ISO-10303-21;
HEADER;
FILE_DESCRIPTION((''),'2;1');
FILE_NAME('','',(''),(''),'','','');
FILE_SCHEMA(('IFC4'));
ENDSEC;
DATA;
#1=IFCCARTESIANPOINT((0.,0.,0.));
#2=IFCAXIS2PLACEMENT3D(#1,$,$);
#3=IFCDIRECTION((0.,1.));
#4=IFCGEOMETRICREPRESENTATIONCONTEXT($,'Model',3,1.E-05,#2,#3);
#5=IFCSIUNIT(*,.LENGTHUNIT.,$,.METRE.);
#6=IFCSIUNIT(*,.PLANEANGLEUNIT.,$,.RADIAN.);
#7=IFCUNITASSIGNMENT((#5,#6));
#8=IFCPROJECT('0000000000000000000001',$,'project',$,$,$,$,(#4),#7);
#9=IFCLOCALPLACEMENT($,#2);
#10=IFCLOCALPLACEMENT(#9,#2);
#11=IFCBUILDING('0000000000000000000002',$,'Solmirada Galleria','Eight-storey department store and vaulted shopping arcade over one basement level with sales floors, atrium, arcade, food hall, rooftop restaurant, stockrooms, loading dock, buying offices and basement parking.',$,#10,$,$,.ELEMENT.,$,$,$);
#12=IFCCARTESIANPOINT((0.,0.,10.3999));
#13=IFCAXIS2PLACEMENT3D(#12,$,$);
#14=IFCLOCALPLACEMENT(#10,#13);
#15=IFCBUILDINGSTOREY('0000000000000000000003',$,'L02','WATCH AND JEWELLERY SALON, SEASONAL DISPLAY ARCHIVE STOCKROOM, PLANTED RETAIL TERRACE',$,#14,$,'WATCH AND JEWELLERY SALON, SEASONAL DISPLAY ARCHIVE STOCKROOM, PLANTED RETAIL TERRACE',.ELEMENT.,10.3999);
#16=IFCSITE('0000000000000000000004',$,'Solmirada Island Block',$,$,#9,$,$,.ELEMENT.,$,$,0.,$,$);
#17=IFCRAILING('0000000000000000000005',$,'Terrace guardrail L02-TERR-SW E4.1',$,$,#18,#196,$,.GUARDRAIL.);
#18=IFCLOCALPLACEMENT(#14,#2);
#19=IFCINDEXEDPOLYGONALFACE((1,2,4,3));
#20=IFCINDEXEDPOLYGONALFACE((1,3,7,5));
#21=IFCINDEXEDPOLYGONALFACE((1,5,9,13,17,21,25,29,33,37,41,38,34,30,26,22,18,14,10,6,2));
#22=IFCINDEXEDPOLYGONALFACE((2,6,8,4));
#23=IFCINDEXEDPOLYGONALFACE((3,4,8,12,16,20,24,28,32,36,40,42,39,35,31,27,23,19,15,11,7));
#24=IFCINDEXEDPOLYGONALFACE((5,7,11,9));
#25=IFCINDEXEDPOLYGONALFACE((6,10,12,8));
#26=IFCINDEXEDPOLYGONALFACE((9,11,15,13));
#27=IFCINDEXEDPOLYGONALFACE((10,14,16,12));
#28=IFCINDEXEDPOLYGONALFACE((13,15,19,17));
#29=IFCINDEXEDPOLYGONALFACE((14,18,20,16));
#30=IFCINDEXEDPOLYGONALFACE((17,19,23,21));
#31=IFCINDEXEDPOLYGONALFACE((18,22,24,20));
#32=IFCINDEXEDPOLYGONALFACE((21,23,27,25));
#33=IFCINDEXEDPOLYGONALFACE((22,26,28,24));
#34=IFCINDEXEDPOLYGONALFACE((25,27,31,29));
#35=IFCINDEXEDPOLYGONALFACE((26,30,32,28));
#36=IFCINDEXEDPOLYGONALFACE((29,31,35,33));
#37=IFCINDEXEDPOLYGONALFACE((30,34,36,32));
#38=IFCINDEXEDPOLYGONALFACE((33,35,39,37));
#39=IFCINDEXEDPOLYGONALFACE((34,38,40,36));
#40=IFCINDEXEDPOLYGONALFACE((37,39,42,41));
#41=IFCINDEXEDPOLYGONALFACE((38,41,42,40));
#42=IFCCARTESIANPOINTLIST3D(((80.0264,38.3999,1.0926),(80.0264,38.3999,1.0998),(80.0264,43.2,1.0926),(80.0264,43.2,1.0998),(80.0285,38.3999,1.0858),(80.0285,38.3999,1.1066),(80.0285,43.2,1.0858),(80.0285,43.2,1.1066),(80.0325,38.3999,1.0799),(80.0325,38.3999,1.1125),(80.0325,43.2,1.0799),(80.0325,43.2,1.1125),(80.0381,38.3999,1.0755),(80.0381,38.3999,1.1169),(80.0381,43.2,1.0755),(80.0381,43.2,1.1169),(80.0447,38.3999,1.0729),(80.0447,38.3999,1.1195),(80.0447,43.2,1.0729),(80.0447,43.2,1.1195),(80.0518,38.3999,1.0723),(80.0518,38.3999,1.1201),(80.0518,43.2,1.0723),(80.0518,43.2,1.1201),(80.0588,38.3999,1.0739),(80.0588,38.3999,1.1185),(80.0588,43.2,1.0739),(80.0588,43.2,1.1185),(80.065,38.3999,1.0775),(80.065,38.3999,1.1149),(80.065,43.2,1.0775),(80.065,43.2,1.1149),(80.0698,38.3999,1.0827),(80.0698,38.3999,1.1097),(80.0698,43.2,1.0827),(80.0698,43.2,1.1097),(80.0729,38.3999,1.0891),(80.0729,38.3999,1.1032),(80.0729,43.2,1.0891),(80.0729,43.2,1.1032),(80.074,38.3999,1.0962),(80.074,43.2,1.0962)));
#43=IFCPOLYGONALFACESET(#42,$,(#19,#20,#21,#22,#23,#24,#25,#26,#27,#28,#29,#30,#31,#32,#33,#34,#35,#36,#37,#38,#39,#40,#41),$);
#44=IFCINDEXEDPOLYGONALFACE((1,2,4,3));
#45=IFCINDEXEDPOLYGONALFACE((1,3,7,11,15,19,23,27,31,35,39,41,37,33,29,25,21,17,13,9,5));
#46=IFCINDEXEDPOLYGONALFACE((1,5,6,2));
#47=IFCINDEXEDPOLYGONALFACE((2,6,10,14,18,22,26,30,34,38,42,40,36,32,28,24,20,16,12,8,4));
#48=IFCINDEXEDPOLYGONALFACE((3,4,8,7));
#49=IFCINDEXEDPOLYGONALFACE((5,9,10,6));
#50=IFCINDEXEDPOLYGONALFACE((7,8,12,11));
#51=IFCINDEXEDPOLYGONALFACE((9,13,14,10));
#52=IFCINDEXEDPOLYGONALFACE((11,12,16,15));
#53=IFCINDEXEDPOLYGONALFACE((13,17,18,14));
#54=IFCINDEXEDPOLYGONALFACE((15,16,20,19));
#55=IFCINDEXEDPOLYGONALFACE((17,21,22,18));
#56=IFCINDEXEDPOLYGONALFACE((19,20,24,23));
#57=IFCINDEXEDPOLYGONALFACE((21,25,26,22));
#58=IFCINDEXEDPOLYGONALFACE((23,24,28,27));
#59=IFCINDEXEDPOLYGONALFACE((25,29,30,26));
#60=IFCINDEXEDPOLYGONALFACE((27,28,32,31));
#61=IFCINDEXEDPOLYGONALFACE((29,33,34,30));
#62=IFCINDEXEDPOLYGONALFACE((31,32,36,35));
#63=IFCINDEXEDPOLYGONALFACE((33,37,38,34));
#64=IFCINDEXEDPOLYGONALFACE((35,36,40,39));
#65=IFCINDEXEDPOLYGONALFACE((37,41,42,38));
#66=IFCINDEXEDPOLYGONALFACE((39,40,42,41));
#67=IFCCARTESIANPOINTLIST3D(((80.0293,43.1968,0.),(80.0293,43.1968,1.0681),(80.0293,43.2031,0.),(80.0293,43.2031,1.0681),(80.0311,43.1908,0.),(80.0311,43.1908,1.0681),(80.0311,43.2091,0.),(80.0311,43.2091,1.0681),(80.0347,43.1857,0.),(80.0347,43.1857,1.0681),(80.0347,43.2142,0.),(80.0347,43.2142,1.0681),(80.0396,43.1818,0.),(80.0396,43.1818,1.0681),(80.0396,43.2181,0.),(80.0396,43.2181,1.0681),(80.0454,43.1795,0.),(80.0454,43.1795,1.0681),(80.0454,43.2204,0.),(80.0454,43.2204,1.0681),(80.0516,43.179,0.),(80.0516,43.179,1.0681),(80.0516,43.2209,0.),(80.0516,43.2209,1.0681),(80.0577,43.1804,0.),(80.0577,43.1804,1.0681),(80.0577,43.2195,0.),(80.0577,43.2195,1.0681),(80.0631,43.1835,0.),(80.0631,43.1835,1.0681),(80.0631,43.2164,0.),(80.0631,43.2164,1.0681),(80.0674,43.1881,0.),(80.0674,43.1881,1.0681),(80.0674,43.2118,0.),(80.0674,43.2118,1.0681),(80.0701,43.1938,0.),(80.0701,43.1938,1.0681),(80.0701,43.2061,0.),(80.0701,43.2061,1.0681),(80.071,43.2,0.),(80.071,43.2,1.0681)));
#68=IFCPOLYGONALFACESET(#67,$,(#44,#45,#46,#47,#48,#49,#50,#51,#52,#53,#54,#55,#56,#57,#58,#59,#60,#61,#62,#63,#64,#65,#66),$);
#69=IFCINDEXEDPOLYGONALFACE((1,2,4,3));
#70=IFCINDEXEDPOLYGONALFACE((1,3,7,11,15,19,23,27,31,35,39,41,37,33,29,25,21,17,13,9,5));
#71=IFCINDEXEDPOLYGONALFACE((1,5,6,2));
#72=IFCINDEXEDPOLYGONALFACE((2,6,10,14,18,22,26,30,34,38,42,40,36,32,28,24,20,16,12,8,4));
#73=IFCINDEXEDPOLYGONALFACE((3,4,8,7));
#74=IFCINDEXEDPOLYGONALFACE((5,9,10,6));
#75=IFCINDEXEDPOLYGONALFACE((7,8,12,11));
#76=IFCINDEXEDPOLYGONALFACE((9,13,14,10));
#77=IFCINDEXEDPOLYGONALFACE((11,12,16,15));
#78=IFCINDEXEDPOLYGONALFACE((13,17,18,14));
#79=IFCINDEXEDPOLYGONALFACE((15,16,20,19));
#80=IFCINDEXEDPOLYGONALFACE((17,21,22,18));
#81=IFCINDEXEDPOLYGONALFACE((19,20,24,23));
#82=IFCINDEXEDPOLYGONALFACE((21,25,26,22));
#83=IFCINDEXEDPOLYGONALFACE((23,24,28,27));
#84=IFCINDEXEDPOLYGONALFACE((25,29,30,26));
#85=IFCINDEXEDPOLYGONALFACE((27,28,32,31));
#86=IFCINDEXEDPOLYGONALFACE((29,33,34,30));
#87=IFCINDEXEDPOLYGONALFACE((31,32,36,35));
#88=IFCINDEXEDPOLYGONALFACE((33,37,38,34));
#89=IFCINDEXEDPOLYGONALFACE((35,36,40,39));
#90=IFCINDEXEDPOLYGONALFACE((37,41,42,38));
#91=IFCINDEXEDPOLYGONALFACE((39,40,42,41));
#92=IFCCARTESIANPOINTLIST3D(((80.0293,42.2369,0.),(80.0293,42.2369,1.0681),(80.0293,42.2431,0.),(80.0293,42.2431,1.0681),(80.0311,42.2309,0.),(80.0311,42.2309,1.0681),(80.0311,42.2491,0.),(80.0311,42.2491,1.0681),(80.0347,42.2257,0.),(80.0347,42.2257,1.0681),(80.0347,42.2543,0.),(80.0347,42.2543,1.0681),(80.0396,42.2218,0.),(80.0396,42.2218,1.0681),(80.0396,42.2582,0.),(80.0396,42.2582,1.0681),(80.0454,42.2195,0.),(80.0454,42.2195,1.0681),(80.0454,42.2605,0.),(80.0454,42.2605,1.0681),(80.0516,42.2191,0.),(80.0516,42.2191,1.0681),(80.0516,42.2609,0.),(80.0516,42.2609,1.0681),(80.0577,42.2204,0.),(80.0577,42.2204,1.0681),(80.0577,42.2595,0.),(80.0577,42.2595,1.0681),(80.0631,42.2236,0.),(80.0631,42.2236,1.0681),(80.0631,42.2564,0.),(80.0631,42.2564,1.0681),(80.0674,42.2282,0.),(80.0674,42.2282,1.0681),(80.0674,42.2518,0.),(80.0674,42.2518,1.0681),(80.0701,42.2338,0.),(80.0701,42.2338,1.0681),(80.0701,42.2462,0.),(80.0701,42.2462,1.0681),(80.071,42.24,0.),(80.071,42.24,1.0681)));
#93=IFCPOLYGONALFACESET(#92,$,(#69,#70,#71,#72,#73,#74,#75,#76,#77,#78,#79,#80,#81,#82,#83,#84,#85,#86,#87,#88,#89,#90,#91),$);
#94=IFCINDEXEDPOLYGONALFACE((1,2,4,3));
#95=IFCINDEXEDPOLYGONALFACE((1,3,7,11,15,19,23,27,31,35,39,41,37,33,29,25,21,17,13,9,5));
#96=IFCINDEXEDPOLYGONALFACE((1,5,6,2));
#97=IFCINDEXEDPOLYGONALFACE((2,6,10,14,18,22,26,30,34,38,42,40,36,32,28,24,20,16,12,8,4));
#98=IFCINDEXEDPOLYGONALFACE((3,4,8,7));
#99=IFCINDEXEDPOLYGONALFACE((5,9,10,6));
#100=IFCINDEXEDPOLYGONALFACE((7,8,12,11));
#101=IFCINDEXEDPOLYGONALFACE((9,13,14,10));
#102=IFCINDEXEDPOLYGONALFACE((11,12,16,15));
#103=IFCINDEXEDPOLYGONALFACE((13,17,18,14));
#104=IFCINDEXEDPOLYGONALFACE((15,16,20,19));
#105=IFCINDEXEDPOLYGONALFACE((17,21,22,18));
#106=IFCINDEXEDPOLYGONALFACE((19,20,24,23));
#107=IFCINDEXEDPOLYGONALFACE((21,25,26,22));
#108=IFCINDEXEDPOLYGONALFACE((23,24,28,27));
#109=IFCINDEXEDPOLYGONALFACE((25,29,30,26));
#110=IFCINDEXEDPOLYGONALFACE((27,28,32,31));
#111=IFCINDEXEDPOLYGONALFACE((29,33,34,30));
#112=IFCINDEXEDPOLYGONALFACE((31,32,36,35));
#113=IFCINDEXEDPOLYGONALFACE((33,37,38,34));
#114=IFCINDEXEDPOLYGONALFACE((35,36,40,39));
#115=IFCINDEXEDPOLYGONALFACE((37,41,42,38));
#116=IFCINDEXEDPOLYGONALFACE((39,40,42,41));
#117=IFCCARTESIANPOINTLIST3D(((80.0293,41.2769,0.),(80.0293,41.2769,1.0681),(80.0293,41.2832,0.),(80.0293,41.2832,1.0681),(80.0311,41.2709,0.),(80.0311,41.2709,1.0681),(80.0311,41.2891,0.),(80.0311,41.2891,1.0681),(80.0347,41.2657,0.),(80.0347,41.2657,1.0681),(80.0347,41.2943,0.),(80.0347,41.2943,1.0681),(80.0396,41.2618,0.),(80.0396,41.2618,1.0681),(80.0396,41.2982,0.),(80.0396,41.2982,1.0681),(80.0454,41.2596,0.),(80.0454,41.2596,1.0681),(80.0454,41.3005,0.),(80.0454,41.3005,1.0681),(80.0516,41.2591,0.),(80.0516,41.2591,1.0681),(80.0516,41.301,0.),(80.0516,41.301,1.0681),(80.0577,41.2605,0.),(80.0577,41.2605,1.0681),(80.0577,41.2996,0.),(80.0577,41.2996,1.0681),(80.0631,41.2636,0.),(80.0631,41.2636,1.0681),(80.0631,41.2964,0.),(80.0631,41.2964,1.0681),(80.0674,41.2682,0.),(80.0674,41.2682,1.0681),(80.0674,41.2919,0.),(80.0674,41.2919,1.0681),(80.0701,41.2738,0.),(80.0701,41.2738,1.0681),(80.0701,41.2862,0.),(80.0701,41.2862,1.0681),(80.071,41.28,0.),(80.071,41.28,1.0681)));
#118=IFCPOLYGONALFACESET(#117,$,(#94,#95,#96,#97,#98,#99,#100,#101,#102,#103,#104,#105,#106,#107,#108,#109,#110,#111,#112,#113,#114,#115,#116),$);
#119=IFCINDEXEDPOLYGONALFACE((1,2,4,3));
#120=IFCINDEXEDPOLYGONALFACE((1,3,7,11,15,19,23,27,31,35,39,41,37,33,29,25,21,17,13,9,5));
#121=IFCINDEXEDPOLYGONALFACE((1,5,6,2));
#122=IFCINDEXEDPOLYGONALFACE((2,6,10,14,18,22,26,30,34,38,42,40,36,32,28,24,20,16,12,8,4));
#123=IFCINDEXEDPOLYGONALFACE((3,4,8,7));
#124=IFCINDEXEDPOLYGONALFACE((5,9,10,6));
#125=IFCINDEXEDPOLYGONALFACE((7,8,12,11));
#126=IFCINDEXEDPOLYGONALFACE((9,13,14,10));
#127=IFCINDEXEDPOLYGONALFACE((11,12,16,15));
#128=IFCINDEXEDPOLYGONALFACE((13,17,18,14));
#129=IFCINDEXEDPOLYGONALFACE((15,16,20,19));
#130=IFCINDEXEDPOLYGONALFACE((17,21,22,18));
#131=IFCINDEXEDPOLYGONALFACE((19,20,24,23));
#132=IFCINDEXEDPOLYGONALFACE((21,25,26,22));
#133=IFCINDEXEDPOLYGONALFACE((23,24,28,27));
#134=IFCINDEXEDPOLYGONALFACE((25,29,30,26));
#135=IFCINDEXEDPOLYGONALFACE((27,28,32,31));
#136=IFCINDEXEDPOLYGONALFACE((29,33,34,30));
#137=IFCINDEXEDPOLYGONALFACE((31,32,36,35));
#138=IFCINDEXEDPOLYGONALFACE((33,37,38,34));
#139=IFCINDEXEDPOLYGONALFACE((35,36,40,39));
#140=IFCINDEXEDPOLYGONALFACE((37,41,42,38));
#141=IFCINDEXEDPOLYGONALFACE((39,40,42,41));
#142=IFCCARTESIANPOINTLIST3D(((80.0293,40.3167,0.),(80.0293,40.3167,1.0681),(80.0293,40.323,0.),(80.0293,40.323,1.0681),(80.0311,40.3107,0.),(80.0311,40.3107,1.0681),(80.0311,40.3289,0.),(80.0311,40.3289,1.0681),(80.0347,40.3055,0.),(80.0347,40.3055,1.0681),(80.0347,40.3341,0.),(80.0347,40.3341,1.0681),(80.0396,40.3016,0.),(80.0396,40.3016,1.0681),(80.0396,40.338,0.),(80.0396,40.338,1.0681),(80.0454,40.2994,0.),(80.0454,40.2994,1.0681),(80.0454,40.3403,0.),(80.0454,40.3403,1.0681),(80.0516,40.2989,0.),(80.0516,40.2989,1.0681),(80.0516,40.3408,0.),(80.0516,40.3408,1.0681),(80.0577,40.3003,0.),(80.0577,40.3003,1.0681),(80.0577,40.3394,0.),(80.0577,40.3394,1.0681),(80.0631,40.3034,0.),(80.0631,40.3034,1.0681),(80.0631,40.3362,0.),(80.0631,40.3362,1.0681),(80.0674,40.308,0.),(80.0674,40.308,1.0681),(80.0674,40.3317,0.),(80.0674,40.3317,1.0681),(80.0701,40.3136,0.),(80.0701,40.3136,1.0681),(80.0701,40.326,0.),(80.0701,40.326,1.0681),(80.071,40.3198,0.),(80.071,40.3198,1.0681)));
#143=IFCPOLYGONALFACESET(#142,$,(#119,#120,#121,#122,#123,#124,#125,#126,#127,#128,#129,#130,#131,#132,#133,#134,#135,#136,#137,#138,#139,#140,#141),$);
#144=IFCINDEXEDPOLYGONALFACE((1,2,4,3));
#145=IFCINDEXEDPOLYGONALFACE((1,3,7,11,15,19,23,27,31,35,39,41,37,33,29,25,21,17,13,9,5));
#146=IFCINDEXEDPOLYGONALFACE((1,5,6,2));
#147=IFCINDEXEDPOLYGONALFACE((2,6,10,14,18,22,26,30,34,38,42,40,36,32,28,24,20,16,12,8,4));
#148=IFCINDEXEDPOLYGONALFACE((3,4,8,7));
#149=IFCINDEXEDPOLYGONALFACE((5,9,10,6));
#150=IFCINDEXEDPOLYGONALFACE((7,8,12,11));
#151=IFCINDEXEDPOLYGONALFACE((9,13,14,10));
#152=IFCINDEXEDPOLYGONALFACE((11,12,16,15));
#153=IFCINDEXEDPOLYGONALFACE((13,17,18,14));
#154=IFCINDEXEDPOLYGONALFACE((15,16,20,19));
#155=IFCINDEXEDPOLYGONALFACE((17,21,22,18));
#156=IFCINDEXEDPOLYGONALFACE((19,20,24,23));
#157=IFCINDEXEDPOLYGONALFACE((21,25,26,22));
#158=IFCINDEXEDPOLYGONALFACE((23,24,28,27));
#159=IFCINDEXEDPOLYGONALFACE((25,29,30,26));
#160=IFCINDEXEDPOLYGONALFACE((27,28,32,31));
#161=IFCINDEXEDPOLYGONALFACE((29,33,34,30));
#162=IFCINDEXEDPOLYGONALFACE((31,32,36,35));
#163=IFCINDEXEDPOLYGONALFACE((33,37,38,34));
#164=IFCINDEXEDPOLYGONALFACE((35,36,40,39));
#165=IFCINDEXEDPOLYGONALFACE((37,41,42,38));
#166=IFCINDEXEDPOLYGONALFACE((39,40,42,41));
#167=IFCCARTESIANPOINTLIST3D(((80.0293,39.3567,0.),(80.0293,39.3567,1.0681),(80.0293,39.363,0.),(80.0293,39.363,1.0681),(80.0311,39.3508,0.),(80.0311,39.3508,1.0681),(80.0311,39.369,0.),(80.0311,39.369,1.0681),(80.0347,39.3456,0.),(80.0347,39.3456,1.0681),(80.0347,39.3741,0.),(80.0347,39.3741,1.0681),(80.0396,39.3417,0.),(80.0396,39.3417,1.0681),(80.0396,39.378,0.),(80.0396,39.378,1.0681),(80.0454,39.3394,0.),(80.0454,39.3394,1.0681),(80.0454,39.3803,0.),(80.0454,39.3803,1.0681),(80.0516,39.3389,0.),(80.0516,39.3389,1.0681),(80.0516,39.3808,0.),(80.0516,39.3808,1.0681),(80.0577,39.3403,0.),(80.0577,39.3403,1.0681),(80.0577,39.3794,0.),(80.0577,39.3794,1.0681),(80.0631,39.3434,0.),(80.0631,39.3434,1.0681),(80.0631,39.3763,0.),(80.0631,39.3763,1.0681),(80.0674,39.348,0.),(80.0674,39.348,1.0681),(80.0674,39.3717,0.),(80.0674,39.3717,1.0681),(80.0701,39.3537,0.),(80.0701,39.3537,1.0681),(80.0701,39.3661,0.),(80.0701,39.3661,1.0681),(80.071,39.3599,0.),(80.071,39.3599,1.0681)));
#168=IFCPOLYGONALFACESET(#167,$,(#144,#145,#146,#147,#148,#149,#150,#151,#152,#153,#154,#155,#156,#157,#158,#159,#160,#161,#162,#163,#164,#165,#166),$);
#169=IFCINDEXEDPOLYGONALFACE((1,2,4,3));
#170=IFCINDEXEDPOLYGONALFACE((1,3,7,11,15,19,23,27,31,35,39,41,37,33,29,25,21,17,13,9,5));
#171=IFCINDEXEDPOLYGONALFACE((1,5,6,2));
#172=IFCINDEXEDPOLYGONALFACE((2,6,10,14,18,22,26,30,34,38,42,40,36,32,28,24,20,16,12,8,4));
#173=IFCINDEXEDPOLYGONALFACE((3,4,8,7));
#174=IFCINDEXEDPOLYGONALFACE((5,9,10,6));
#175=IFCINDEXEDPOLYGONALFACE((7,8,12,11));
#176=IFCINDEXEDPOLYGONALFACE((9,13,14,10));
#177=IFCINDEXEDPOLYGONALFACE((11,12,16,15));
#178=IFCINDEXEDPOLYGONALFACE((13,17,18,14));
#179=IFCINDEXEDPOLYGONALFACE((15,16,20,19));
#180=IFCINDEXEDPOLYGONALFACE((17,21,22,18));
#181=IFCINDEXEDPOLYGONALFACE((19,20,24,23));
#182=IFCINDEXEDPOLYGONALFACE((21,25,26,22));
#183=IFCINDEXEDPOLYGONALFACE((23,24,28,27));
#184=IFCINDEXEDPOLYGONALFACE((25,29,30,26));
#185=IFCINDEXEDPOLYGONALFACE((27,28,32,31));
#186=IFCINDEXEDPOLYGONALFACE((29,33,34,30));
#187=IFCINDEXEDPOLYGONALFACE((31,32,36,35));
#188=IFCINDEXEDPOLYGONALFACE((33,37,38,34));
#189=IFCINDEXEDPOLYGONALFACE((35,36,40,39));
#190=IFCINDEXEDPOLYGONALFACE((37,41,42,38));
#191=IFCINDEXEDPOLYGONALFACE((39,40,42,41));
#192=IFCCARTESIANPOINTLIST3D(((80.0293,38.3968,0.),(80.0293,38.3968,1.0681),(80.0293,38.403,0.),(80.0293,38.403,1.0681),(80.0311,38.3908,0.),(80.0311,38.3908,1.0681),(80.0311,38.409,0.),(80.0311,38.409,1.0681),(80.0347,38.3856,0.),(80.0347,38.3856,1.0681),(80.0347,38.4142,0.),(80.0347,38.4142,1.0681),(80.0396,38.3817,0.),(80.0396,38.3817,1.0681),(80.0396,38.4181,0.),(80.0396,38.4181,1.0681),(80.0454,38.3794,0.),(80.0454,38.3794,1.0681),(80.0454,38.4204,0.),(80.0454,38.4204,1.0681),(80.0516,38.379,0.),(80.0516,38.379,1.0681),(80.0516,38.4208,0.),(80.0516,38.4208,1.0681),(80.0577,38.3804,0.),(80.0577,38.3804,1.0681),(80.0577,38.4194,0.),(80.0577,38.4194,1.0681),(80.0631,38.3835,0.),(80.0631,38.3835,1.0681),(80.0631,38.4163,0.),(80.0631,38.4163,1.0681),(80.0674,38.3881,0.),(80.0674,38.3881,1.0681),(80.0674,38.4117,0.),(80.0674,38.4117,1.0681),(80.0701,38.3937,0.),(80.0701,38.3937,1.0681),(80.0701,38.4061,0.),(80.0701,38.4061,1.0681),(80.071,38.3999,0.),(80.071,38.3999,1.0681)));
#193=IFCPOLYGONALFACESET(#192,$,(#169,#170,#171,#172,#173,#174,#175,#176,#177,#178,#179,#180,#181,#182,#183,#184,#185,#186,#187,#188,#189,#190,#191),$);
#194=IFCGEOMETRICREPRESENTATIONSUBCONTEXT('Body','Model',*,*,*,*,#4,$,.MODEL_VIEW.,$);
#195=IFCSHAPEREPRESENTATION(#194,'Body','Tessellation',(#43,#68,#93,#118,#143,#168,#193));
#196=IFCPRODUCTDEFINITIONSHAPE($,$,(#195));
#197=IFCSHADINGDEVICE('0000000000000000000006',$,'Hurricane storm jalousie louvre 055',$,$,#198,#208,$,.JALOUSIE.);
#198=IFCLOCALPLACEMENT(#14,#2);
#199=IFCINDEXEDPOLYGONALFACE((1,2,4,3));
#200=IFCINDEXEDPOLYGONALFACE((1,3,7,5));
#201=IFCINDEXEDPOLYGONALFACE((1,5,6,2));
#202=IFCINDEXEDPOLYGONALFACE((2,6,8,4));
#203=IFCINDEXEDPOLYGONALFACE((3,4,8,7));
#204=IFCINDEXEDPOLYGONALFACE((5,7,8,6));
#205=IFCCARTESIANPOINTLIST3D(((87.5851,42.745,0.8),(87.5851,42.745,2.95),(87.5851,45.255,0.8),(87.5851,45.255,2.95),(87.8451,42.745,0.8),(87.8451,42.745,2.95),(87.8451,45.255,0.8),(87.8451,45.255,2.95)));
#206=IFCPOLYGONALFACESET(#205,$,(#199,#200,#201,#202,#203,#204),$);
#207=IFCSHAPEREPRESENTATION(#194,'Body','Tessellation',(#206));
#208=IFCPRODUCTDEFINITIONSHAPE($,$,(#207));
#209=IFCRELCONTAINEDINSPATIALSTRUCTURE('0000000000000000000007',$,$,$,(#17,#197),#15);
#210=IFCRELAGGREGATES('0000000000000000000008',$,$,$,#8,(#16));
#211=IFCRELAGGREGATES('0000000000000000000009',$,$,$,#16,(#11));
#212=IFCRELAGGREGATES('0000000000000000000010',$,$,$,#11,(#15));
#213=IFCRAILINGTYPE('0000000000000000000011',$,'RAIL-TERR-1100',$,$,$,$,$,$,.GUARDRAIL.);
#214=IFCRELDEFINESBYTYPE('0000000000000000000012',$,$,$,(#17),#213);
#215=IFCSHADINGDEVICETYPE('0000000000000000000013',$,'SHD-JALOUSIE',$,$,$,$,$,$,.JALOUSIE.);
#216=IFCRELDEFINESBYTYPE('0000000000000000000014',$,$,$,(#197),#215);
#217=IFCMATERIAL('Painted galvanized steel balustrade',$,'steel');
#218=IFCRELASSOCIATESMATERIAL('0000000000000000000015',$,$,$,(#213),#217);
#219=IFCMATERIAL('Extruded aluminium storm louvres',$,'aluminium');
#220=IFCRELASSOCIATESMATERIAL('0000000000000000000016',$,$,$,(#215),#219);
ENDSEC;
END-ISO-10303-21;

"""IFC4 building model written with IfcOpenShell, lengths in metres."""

from ifc_helpers import new_model, si_unit, direction, frame, origin, origin_2d, place, context, subcontext, project, spatial, rectangle, circle, extrude, material, type_object, element, save


model = new_model("IFC4")

# Units and contexts
model_context = context("Model", 3, precision=1e-05, world=origin(), true_north=direction((0.0, 1.0)))
body_context = subcontext(model_context, "Body", "Model", "MODEL_VIEW")
ifc_project = project(units=[si_unit("LENGTHUNIT", "METRE"), si_unit("PLANEANGLEUNIT", "RADIAN")], contexts=[model_context])

# Site, building, storey
site_placement = place(None, origin())
site = spatial("IfcSite", under=ifc_project, at=site_placement, Name="Solmirada Island Block", CompositionType="ELEMENT", RefElevation=0.0)
building_placement = place(site_placement, origin())
building = spatial("IfcBuilding", under=site, at=building_placement, Name="Solmirada Galleria", Description="Eight-storey department store and vaulted shopping arcade over one basement level with sales floors, atrium, arcade, food hall, rooftop restaurant, stockrooms, loading dock, buying offices and basement parking.", CompositionType="ELEMENT")
storey_placement = place(building_placement, frame((0.0, 0.0, 10.3999)))
storey = spatial("IfcBuildingStorey", under=building, at=storey_placement, Name="L02", Description="WATCH AND JEWELLERY SALON, SEASONAL DISPLAY ARCHIVE STOCKROOM, PLANTED RETAIL TERRACE", LongName="WATCH AND JEWELLERY SALON, SEASONAL DISPLAY ARCHIVE STOCKROOM, PLANTED RETAIL TERRACE", CompositionType="ELEMENT", Elevation=10.3999)

# Railing
ifc_material_1 = material(Name="Painted galvanized steel balustrade", Category="steel")
railing_type = type_object("IfcRailingType", Name="RAIL-TERR-1100", PredefinedType="GUARDRAIL", material=ifc_material_1)
railing_placement = place(storey_placement, frame((80.05, 43.2, 0.0)))
element("IfcRailing", 1, at=railing_placement, inside=storey, type_object=railing_type, Name="Terrace guardrail L02-TERR-SW E4.1", PredefinedType="GUARDRAIL", context=body_context, shape_type="SweptSolid", body=[
    extrude(circle(Radius=0.0239, at=origin_2d()), frame((0.0, 0.0, 1.0962), z_axis=(0.0, -1.0, 0.0), x_axis=(1.0, 0.0, 0.0)), (0.0, 0.0, 1.0), 4.8),
    extrude(circle(Radius=0.021, at=origin_2d()), origin(), (0.0, 0.0, 1.0), 1.0681),
    extrude(circle(Radius=0.021, at=origin_2d()), frame((0.0, -0.96, 0.0)), (0.0, 0.0, 1.0), 1.0681),
    extrude(circle(Radius=0.021, at=origin_2d()), frame((0.0, -1.9199, 0.0)), (0.0, 0.0, 1.0), 1.0681),
    extrude(circle(Radius=0.021, at=origin_2d()), frame((0.0, -2.8801, 0.0)), (0.0, 0.0, 1.0), 1.0681),
    extrude(circle(Radius=0.021, at=origin_2d()), frame((0.0, -3.8401, 0.0)), (0.0, 0.0, 1.0), 1.0681),
    extrude(circle(Radius=0.021, at=origin_2d()), frame((0.0, -4.8, 0.0)), (0.0, 0.0, 1.0), 1.0681),
])

# Shading device
ifc_material_2 = material(Name="Extruded aluminium storm louvres", Category="aluminium")
shading_device_type = type_object("IfcShadingDeviceType", Name="SHD-JALOUSIE", PredefinedType="JALOUSIE", material=ifc_material_2)
shading_device_placement = place(storey_placement, frame((87.7151, 44.0, 0.8), z_axis=(0.0, 0.0, 1.0), x_axis=(0.0, 1.0, 0.0)))
element("IfcShadingDevice", 2, at=shading_device_placement, inside=storey, type_object=shading_device_type, Name="Hurricane storm jalousie louvre 055", PredefinedType="JALOUSIE", context=body_context, shape_type="SweptSolid", body=[
    extrude(rectangle(XDim=2.51, YDim=0.26, at=origin_2d()), origin(), (0.0, 0.0, 1.0), 2.1499),
])

save(model, "model.ifc")
